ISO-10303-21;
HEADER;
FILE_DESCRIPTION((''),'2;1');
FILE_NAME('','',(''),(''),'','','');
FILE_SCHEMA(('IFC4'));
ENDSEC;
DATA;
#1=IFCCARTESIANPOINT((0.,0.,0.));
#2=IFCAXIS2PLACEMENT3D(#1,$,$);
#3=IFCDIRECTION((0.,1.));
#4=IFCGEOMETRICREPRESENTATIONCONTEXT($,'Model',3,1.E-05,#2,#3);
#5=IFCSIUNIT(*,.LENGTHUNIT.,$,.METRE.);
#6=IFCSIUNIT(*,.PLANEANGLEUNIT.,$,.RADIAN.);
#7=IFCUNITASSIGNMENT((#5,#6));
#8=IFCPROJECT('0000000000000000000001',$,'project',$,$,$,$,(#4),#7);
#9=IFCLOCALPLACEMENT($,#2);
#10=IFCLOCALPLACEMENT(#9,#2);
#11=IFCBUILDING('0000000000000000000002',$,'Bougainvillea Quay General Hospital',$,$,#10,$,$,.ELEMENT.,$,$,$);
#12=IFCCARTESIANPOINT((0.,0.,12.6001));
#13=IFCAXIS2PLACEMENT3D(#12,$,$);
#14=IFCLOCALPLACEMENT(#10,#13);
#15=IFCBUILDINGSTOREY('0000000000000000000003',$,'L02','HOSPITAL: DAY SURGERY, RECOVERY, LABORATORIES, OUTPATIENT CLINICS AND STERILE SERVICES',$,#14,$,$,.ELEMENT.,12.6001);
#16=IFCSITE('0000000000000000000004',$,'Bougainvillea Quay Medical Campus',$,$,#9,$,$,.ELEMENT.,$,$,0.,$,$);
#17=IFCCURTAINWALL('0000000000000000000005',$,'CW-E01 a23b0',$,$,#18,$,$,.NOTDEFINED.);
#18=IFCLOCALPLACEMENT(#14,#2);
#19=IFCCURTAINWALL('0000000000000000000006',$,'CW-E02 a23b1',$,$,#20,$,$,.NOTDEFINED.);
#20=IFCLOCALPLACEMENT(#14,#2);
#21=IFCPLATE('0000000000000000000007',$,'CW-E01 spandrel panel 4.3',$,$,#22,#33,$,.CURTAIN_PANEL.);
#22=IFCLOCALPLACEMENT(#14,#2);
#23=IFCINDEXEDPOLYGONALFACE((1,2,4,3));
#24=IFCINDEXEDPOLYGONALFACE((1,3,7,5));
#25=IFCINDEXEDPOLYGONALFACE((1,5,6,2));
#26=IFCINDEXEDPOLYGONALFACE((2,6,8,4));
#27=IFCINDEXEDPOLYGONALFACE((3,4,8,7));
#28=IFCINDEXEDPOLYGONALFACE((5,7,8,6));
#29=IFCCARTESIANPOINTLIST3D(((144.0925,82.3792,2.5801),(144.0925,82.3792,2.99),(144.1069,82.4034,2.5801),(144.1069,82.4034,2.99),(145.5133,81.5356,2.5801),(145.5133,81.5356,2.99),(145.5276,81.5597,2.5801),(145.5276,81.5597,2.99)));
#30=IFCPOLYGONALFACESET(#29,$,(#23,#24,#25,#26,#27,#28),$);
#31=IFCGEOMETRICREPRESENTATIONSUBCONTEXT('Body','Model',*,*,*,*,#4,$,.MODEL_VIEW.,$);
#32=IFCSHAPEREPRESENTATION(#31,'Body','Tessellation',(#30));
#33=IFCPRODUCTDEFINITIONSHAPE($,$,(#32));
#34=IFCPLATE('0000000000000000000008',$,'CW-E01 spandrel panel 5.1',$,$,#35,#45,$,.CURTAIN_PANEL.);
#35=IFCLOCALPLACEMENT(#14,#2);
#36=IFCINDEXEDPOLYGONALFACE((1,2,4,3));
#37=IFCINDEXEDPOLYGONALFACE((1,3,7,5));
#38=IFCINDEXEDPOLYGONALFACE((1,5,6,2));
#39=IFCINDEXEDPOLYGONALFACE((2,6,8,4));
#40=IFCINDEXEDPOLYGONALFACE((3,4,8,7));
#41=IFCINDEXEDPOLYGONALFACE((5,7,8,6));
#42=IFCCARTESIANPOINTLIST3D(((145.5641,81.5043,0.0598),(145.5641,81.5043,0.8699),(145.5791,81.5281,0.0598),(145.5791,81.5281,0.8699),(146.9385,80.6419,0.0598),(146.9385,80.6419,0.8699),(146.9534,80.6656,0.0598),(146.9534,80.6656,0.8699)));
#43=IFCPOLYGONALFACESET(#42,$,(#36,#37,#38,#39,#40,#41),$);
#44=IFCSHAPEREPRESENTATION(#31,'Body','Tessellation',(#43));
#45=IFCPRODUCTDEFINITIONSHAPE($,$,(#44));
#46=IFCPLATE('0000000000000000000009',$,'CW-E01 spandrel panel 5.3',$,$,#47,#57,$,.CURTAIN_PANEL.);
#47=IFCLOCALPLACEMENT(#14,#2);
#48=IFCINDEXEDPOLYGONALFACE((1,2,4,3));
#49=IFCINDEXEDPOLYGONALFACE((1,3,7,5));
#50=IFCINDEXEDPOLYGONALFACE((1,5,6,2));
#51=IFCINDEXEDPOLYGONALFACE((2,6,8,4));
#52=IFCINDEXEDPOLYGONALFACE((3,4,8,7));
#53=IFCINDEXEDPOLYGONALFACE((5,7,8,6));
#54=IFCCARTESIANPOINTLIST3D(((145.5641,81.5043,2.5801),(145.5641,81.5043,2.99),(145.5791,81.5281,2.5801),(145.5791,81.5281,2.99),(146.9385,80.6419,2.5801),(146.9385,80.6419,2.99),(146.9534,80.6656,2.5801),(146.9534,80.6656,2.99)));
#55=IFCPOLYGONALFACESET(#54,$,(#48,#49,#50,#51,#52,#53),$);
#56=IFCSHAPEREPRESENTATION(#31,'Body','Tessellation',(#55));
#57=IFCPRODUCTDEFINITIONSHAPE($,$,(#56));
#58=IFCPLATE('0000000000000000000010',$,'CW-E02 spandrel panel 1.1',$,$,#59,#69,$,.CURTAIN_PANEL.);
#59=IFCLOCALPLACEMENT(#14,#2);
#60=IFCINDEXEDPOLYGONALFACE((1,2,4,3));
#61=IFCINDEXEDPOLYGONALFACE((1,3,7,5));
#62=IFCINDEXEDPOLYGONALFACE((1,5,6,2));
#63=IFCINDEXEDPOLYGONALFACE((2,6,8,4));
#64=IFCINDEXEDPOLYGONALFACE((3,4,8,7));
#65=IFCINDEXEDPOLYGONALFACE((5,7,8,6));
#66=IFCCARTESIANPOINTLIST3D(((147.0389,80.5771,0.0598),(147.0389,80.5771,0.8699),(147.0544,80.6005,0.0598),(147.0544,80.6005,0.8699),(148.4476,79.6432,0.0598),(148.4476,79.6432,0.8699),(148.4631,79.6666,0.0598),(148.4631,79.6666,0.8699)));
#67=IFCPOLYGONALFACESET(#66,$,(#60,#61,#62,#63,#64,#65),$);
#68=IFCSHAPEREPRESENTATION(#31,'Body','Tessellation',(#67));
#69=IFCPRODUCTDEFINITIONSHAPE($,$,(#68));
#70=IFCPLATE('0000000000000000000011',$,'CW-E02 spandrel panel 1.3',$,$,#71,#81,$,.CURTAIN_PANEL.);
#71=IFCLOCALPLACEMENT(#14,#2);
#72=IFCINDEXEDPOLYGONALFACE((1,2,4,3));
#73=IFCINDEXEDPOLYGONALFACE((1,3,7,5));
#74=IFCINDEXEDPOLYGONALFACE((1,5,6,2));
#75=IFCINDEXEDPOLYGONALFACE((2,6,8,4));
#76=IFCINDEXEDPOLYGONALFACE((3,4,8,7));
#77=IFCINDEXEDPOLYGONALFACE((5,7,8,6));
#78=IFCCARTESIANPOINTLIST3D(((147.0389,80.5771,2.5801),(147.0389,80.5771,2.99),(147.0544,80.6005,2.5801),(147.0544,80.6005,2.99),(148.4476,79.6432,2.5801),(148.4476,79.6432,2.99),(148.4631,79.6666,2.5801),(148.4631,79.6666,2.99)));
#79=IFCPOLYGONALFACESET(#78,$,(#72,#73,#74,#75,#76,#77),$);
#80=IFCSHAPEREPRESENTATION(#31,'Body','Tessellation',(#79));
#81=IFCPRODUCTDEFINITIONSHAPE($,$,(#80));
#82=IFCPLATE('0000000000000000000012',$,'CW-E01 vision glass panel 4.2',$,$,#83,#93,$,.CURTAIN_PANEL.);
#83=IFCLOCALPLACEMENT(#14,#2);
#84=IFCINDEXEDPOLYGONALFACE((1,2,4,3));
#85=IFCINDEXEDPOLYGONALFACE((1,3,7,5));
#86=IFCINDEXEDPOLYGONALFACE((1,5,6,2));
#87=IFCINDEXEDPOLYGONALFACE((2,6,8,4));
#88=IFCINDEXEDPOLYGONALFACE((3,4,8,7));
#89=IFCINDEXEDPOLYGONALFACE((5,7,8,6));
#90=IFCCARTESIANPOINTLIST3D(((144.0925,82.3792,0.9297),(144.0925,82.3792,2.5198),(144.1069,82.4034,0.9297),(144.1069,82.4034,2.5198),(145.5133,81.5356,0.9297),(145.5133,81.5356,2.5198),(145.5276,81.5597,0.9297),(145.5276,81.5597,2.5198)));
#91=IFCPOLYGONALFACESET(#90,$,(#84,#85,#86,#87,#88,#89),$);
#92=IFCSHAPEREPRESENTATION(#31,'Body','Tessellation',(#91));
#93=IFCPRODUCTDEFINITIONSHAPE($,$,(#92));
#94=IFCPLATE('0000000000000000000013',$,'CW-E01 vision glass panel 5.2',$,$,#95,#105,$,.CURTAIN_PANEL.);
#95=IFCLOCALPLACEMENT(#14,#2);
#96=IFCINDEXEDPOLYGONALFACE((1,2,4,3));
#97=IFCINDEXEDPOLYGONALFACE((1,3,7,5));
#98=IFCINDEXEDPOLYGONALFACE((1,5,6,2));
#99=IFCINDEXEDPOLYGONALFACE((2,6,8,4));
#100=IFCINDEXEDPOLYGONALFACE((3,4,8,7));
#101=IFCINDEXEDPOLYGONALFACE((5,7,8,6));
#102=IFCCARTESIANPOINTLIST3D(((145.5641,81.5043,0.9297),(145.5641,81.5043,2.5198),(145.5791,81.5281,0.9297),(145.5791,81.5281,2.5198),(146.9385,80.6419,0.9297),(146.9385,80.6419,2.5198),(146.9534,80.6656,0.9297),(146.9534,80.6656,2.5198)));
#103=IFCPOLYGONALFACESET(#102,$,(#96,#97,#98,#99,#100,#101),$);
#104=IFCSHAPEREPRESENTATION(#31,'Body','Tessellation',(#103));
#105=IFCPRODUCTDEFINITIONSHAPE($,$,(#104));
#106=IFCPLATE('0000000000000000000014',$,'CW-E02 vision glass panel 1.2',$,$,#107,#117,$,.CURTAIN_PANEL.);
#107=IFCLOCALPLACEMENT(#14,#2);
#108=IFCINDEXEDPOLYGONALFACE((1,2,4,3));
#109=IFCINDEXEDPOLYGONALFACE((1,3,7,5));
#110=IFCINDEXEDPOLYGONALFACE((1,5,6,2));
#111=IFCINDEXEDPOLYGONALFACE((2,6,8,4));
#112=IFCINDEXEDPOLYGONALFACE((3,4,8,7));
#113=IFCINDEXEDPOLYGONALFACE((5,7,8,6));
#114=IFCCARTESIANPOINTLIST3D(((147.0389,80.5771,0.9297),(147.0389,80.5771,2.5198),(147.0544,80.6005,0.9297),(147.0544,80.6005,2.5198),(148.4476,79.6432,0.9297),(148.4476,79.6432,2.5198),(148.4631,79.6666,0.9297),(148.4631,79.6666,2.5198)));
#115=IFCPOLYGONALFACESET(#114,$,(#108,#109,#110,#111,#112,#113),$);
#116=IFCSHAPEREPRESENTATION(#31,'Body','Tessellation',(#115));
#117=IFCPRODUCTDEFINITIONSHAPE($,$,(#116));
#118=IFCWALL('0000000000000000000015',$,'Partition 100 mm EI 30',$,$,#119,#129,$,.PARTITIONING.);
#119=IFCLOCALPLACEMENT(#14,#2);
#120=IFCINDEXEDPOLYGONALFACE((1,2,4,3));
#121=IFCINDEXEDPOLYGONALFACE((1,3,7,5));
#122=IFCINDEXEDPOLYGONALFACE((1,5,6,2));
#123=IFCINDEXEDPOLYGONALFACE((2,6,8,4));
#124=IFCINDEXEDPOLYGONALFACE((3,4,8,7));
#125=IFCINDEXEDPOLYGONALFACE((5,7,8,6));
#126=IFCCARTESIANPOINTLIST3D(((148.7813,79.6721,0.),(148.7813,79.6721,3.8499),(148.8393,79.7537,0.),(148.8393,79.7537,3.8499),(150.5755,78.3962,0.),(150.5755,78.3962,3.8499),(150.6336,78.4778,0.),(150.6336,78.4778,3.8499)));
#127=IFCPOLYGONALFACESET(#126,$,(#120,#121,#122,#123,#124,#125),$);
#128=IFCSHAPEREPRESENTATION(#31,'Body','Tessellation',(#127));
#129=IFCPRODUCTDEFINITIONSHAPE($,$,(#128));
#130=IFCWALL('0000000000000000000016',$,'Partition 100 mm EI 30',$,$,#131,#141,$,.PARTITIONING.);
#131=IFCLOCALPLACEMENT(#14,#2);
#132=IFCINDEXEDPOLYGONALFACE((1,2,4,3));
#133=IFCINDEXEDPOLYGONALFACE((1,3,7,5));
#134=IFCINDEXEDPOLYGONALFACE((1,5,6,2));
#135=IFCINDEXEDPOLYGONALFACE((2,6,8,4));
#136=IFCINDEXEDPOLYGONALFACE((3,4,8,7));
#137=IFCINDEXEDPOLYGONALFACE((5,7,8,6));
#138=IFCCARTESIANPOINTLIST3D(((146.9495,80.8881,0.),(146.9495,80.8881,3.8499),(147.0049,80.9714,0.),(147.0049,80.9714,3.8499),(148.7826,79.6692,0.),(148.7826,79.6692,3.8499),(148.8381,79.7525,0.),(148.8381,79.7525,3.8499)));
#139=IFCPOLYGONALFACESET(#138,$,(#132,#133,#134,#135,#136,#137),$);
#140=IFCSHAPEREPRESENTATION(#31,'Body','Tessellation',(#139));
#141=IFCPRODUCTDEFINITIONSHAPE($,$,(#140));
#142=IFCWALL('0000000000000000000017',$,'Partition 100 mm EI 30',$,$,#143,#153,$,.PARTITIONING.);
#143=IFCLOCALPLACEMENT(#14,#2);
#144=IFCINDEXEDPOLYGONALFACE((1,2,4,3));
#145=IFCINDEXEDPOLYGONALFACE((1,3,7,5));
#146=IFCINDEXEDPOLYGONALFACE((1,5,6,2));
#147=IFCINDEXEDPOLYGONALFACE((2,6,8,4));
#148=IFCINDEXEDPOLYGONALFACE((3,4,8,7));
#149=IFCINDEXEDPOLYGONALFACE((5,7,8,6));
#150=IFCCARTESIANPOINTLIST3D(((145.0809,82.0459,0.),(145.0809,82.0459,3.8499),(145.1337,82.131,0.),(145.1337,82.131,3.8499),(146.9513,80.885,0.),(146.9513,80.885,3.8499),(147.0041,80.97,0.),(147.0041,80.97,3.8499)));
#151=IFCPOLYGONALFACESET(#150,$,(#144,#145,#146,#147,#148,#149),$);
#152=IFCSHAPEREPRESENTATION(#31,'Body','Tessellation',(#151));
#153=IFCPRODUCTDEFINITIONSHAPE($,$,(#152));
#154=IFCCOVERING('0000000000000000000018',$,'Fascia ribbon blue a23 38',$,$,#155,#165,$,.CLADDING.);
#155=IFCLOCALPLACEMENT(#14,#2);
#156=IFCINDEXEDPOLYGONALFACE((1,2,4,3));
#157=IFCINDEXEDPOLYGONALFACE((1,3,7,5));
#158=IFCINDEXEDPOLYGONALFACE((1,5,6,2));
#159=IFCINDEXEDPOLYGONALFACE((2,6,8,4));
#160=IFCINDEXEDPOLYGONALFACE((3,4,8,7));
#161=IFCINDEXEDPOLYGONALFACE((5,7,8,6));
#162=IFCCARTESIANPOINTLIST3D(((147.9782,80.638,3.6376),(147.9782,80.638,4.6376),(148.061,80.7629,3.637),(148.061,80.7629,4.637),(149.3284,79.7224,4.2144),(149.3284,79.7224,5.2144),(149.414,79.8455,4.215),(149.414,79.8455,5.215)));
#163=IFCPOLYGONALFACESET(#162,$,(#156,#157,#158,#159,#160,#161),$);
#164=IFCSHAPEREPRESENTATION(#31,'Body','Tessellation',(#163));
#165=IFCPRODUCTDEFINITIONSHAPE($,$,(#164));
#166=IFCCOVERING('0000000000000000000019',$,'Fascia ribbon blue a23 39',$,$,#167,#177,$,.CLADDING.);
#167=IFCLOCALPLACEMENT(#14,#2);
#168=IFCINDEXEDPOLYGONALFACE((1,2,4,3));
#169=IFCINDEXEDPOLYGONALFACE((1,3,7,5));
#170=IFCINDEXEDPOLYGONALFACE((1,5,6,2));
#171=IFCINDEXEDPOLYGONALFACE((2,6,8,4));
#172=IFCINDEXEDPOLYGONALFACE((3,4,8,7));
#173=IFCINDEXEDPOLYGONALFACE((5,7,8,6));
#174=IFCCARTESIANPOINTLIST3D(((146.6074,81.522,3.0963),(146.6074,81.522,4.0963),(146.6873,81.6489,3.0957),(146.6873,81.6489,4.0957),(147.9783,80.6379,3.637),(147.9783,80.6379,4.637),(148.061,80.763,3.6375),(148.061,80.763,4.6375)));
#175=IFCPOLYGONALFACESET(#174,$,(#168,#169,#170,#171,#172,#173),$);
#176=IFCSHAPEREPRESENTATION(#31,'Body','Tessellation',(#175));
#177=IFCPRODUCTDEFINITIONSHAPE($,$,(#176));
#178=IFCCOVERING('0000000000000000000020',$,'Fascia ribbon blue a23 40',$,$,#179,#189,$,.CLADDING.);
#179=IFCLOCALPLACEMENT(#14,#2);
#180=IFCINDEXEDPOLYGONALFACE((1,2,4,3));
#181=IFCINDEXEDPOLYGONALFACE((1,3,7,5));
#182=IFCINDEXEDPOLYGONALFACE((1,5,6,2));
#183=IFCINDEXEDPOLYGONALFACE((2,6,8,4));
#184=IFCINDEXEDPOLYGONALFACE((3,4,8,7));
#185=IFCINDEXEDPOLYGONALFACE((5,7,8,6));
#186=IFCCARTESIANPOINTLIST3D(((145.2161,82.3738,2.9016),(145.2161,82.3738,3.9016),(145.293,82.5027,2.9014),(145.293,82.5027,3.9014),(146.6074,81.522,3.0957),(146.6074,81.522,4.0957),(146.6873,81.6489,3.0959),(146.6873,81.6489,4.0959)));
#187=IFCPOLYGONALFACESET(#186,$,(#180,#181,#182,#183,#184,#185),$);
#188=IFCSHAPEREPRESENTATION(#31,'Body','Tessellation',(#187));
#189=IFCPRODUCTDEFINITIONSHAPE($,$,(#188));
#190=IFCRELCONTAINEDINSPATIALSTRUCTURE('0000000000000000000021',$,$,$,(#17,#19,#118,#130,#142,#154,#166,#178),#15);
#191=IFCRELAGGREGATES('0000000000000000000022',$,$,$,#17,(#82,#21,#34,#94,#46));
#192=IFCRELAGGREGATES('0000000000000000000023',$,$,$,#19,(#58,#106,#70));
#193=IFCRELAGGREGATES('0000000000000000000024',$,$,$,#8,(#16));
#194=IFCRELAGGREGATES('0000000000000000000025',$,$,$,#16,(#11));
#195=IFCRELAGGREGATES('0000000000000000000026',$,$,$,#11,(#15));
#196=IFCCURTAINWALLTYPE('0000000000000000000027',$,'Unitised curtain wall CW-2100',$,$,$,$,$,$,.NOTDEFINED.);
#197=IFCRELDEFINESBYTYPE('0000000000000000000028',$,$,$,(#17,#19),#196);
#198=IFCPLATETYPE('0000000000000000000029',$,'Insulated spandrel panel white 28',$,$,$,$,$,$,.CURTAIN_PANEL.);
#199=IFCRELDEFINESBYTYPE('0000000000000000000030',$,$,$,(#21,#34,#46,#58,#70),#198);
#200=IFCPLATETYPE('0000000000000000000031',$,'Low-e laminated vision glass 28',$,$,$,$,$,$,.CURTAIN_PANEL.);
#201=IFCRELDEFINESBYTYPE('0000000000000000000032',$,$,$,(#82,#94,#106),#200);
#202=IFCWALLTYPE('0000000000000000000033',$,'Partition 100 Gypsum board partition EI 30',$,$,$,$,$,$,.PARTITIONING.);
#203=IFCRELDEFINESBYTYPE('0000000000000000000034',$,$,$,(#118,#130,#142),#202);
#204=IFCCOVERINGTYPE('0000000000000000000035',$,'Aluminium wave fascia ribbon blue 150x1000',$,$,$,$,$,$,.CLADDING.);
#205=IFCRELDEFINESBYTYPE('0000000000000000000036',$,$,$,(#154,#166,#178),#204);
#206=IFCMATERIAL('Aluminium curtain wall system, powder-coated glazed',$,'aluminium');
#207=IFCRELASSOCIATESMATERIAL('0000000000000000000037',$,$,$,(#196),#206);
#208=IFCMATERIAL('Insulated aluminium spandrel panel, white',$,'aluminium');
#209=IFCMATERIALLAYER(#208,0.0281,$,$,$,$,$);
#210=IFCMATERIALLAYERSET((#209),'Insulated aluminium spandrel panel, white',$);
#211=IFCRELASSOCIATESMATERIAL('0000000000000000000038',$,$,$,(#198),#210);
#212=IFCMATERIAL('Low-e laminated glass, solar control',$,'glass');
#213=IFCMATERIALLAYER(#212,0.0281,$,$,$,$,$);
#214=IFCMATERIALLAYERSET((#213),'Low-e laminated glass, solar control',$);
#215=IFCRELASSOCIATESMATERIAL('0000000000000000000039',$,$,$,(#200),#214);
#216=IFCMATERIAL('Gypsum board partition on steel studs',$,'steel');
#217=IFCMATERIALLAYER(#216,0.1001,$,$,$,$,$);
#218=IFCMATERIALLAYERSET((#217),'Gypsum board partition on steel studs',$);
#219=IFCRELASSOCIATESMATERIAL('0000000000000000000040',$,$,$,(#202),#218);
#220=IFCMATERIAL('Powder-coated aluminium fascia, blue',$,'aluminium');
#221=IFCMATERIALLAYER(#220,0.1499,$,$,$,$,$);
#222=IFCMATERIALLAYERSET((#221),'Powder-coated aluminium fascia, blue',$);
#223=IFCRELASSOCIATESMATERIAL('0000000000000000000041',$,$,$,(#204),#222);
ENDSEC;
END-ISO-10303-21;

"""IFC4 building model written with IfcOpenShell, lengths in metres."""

from ifc_helpers import new_model, si_unit, direction, frame, frame_2d, origin, origin_2d, place, context, subcontext, project, spatial, polyline, rectangle, outline, extrude, material, layer, layer_set, type_object, element, aggregate, save


model = new_model("IFC4")

# Units and contexts
model_context = context("Model", 3, precision=1e-05, world=origin(), true_north=direction((0.0, 1.0)))
body_context = subcontext(model_context, "Body", "Model", "MODEL_VIEW")
ifc_project = project(units=[si_unit("LENGTHUNIT", "METRE"), si_unit("PLANEANGLEUNIT", "RADIAN")], contexts=[model_context])

# Site, building, storey
site_placement = place(None, origin())
site = spatial("IfcSite", under=ifc_project, at=site_placement, Name="Bougainvillea Quay Medical Campus", CompositionType="ELEMENT", RefElevation=0.0)
building_placement = place(site_placement, origin())
building = spatial("IfcBuilding", under=site, at=building_placement, Name="Bougainvillea Quay General Hospital", CompositionType="ELEMENT")
storey_placement = place(building_placement, frame((0.0, 0.0, 12.6001)))
storey = spatial("IfcBuildingStorey", under=building, at=storey_placement, Name="L02", Description="HOSPITAL: DAY SURGERY, RECOVERY, LABORATORIES, OUTPATIENT CLINICS AND STERILE SERVICES", CompositionType="ELEMENT", Elevation=12.6001)

# Curtain walls
ifc_material_1 = material(Name="Aluminium curtain wall system, powder-coated glazed", Category="aluminium")
curtain_wall_type = type_object("IfcCurtainWallType", Name="Unitised curtain wall CW-2100", PredefinedType="NOTDEFINED", material=ifc_material_1)
curtain_wall_1_placement = place(storey_placement, origin())
curtain_wall_1 = element("IfcCurtainWall", 1, at=curtain_wall_1_placement, inside=storey, type_object=curtain_wall_type, Name="CW-E01 a23b0", PredefinedType="NOTDEFINED")
curtain_wall_2_placement = place(storey_placement, origin())
curtain_wall_2 = element("IfcCurtainWall", 2, at=curtain_wall_2_placement, inside=storey, type_object=curtain_wall_type, Name="CW-E02 a23b1", PredefinedType="NOTDEFINED")

# Plates
ifc_material_2 = material(Name="Insulated aluminium spandrel panel, white", Category="aluminium")
ifc_layer_1 = layer(ifc_material_2, 0.0281)
ifc_layer_set_1 = layer_set([ifc_layer_1], Name="Insulated aluminium spandrel panel, white")
plate_type_1 = type_object("IfcPlateType", Name="Insulated spandrel panel white 28", PredefinedType="CURTAIN_PANEL", material=ifc_layer_set_1)
plate_1_placement = place(storey_placement, frame((144.8101, 81.9695, 2.5801), z_axis=(0.0, 0.0, 1.0), x_axis=(0.859835, -0.510572, 0.0)))
plate_1 = element("IfcPlate", 3, at=plate_1_placement, type_object=plate_type_1, Name="CW-E01 spandrel panel 4.3", PredefinedType="CURTAIN_PANEL", context=body_context, shape_type="SweptSolid", body=[
    extrude(rectangle(XDim=1.6523, YDim=0.0281, at=origin_2d()), origin(), (0.0, 0.0, 1.0), 0.4099),
])
plate_2_placement = place(storey_placement, frame((146.2588, 81.085, 0.0598), z_axis=(0.0, 0.0, 1.0), x_axis=(0.847042, -0.531526, 0.0)))
plate_2 = element("IfcPlate", 4, at=plate_2_placement, type_object=plate_type_1, Name="CW-E01 spandrel panel 5.1", PredefinedType="CURTAIN_PANEL", context=body_context, shape_type="SweptSolid", body=[
    extrude(rectangle(XDim=1.6226, YDim=0.0281, at=origin_2d()), origin(), (0.0, 0.0, 1.0), 0.8101),
])
plate_3_placement = place(storey_placement, frame((146.2588, 81.085, 2.5801), z_axis=(0.0, 0.0, 1.0), x_axis=(0.847042, -0.531526, 0.0)))
plate_3 = element("IfcPlate", 5, at=plate_3_placement, type_object=plate_type_1, Name="CW-E01 spandrel panel 5.3", PredefinedType="CURTAIN_PANEL", context=body_context, shape_type="SweptSolid", body=[
    extrude(rectangle(XDim=1.6226, YDim=0.0281, at=origin_2d()), origin(), (0.0, 0.0, 1.0), 0.4099),
])
plate_4_placement = place(storey_placement, frame((147.751, 80.1218, 0.0598), z_axis=(0.0, 0.0, 1.0), x_axis=(0.833469, -0.552566, 0.0)))
plate_4 = element("IfcPlate", 6, at=plate_4_placement, type_object=plate_type_1, Name="CW-E02 spandrel panel 1.1", PredefinedType="CURTAIN_PANEL", context=body_context, shape_type="SweptSolid", body=[
    extrude(rectangle(XDim=1.6902, YDim=0.0281, at=origin_2d()), origin(), (0.0, 0.0, 1.0), 0.8101),
])
plate_5_placement = place(storey_placement, frame((147.751, 80.1218, 2.5801), z_axis=(0.0, 0.0, 1.0), x_axis=(0.833469, -0.552566, 0.0)))
plate_5 = element("IfcPlate", 7, at=plate_5_placement, type_object=plate_type_1, Name="CW-E02 spandrel panel 1.3", PredefinedType="CURTAIN_PANEL", context=body_context, shape_type="SweptSolid", body=[
    extrude(rectangle(XDim=1.6902, YDim=0.0281, at=origin_2d()), origin(), (0.0, 0.0, 1.0), 0.4099),
])
ifc_material_3 = material(Name="Low-e laminated glass, solar control", Category="glass")
ifc_layer_2 = layer(ifc_material_3, 0.0281)
ifc_layer_set_2 = layer_set([ifc_layer_2], Name="Low-e laminated glass, solar control")
plate_type_2 = type_object("IfcPlateType", Name="Low-e laminated vision glass 28", PredefinedType="CURTAIN_PANEL", material=ifc_layer_set_2)
plate_6_placement = place(storey_placement, frame((144.8101, 81.9695, 0.9297), z_axis=(0.0, 0.0, 1.0), x_axis=(0.859835, -0.510572, 0.0)))
plate_6 = element("IfcPlate", 8, at=plate_6_placement, type_object=plate_type_2, Name="CW-E01 vision glass panel 4.2", PredefinedType="CURTAIN_PANEL", context=body_context, shape_type="SweptSolid", body=[
    extrude(rectangle(XDim=1.6523, YDim=0.0281, at=origin_2d()), origin(), (0.0, 0.0, 1.0), 1.5901),
])
plate_7_placement = place(storey_placement, frame((146.2588, 81.085, 0.9297), z_axis=(0.0, 0.0, 1.0), x_axis=(0.847042, -0.531526, 0.0)))
plate_7 = element("IfcPlate", 9, at=plate_7_placement, type_object=plate_type_2, Name="CW-E01 vision glass panel 5.2", PredefinedType="CURTAIN_PANEL", context=body_context, shape_type="SweptSolid", body=[
    extrude(rectangle(XDim=1.6226, YDim=0.0281, at=origin_2d()), origin(), (0.0, 0.0, 1.0), 1.5901),
])
aggregate(curtain_wall_1, [plate_6, plate_1, plate_2, plate_7, plate_3])
plate_8_placement = place(storey_placement, frame((147.751, 80.1218, 0.9297), z_axis=(0.0, 0.0, 1.0), x_axis=(0.833469, -0.552566, 0.0)))
plate_8 = element("IfcPlate", 10, at=plate_8_placement, type_object=plate_type_2, Name="CW-E02 vision glass panel 1.2", PredefinedType="CURTAIN_PANEL", context=body_context, shape_type="SweptSolid", body=[
    extrude(rectangle(XDim=1.6902, YDim=0.0281, at=origin_2d()), origin(), (0.0, 0.0, 1.0), 1.5901),
])
aggregate(curtain_wall_2, [plate_4, plate_8, plate_5])

# Walls
ifc_material_4 = material(Name="Gypsum board partition on steel studs", Category="steel")
ifc_layer_3 = layer(ifc_material_4, 0.1001)
ifc_layer_set_3 = layer_set([ifc_layer_3], Name="Gypsum board partition on steel studs")
wall_type = type_object("IfcWallType", Name="Partition 100 Gypsum board partition EI 30", PredefinedType="PARTITIONING", material=ifc_layer_set_3)
wall_placement = place(storey_placement, frame((148.8103, 79.7129, 0.0), z_axis=(0.0, 0.0, 1.0), x_axis=(0.814953, -0.579527, 0.0)))
element("IfcWall", 11, at=wall_placement, inside=storey, type_object=wall_type, Name="Partition 100 mm EI 30", PredefinedType="PARTITIONING", context=body_context, shape_type="SweptSolid", body=[
    extrude(rectangle(XDim=2.2017, YDim=0.1001, at=frame_2d((1.1008, 0.0))), origin(), (0.0, 0.0, 1.0), 3.8499),
])
for number, where, z_axis, x_axis, name in (
    (12, (146.9773, 80.9297, 0.0), (0.0, 0.0, 1.0), (0.832715, -0.553702, 0.0), "Partition 100 mm EI 30"),
    (13, (145.1074, 82.0884, 0.0), (0.0, 0.0, 1.0), (0.849645, -0.527355, 0.0), "Partition 100 mm EI 30"),
):
    element("IfcWall", number, at=place(storey_placement, frame(where, z_axis=z_axis, x_axis=x_axis)), inside=storey, type_object=wall_type, Name=name, PredefinedType="PARTITIONING", context=body_context, shape_type="SweptSolid", body=[
        extrude(rectangle(XDim=2.2014, YDim=0.1001, at=frame_2d((1.1006, 0.0))), origin(), (0.0, 0.0, 1.0), 3.8499),
    ])

# Coverings
ifc_material_5 = material(Name="Powder-coated aluminium fascia, blue", Category="aluminium")
ifc_layer_4 = layer(ifc_material_5, 0.1499)
ifc_layer_set_4 = layer_set([ifc_layer_4], Name="Powder-coated aluminium fascia, blue")
covering_type = type_object("IfcCoveringType", Name="Aluminium wave fascia ribbon blue 150x1000", PredefinedType="CLADDING", material=ifc_layer_set_4)
covering_1_placement = place(storey_placement, frame((149.3284, 79.7224, 4.2144), z_axis=(-0.27577, 0.187284, 0.942802), x_axis=(-0.78031, 0.529143, -0.333353)))
element("IfcCovering", 14, at=covering_1_placement, inside=storey, type_object=covering_type, Name="Fascia ribbon blue a23 38", PredefinedType="CLADDING", context=body_context, shape_type="SweptSolid", body=[
    extrude(outline(polyline([(0.0, 0.0), (1.7303, 0.0), (1.732, -0.1499), (-0.0019, -0.1499), (0.0, 0.0)])), origin(), (-0.333353, 0.000218, 0.942802), 1.0),
])
covering_2_placement = place(storey_placement, frame((147.9783, 80.6379, 3.637), z_axis=(-0.26436, 0.170604, 0.949214), x_axis=(-0.797724, 0.514436, -0.31463)))
element("IfcCovering", 15, at=covering_2_placement, inside=storey, type_object=covering_type, Name="Fascia ribbon blue a23 39", PredefinedType="CLADDING", context=body_context, shape_type="SweptSolid", body=[
    extrude(outline(polyline([(0.0, 0.0), (1.7185, 0.0), (1.7203, -0.15), (-0.0019, -0.1499), (0.0, 0.0)])), origin(), (-0.31463, 0.000099, 0.949214), 1.0),
])
covering_3_placement = place(storey_placement, frame((146.6074, 81.522, 3.0957), z_axis=(-0.100758, 0.061724, 0.992994), x_axis=(-0.846889, 0.518476, -0.118161)))
element("IfcCovering", 16, at=covering_3_placement, inside=storey, type_object=covering_type, Name="Fascia ribbon blue a23 40", PredefinedType="CLADDING", context=body_context, shape_type="SweptSolid", body=[
    extrude(outline(polyline([(0.0, 0.0), (1.6429, 0.0), (1.6446, -0.1501), (-0.0018, -0.15), (0.0, 0.0)])), origin(), (-0.118161, 0.000033, 0.992994), 1.0),
])

save(model, "model.ifc")
